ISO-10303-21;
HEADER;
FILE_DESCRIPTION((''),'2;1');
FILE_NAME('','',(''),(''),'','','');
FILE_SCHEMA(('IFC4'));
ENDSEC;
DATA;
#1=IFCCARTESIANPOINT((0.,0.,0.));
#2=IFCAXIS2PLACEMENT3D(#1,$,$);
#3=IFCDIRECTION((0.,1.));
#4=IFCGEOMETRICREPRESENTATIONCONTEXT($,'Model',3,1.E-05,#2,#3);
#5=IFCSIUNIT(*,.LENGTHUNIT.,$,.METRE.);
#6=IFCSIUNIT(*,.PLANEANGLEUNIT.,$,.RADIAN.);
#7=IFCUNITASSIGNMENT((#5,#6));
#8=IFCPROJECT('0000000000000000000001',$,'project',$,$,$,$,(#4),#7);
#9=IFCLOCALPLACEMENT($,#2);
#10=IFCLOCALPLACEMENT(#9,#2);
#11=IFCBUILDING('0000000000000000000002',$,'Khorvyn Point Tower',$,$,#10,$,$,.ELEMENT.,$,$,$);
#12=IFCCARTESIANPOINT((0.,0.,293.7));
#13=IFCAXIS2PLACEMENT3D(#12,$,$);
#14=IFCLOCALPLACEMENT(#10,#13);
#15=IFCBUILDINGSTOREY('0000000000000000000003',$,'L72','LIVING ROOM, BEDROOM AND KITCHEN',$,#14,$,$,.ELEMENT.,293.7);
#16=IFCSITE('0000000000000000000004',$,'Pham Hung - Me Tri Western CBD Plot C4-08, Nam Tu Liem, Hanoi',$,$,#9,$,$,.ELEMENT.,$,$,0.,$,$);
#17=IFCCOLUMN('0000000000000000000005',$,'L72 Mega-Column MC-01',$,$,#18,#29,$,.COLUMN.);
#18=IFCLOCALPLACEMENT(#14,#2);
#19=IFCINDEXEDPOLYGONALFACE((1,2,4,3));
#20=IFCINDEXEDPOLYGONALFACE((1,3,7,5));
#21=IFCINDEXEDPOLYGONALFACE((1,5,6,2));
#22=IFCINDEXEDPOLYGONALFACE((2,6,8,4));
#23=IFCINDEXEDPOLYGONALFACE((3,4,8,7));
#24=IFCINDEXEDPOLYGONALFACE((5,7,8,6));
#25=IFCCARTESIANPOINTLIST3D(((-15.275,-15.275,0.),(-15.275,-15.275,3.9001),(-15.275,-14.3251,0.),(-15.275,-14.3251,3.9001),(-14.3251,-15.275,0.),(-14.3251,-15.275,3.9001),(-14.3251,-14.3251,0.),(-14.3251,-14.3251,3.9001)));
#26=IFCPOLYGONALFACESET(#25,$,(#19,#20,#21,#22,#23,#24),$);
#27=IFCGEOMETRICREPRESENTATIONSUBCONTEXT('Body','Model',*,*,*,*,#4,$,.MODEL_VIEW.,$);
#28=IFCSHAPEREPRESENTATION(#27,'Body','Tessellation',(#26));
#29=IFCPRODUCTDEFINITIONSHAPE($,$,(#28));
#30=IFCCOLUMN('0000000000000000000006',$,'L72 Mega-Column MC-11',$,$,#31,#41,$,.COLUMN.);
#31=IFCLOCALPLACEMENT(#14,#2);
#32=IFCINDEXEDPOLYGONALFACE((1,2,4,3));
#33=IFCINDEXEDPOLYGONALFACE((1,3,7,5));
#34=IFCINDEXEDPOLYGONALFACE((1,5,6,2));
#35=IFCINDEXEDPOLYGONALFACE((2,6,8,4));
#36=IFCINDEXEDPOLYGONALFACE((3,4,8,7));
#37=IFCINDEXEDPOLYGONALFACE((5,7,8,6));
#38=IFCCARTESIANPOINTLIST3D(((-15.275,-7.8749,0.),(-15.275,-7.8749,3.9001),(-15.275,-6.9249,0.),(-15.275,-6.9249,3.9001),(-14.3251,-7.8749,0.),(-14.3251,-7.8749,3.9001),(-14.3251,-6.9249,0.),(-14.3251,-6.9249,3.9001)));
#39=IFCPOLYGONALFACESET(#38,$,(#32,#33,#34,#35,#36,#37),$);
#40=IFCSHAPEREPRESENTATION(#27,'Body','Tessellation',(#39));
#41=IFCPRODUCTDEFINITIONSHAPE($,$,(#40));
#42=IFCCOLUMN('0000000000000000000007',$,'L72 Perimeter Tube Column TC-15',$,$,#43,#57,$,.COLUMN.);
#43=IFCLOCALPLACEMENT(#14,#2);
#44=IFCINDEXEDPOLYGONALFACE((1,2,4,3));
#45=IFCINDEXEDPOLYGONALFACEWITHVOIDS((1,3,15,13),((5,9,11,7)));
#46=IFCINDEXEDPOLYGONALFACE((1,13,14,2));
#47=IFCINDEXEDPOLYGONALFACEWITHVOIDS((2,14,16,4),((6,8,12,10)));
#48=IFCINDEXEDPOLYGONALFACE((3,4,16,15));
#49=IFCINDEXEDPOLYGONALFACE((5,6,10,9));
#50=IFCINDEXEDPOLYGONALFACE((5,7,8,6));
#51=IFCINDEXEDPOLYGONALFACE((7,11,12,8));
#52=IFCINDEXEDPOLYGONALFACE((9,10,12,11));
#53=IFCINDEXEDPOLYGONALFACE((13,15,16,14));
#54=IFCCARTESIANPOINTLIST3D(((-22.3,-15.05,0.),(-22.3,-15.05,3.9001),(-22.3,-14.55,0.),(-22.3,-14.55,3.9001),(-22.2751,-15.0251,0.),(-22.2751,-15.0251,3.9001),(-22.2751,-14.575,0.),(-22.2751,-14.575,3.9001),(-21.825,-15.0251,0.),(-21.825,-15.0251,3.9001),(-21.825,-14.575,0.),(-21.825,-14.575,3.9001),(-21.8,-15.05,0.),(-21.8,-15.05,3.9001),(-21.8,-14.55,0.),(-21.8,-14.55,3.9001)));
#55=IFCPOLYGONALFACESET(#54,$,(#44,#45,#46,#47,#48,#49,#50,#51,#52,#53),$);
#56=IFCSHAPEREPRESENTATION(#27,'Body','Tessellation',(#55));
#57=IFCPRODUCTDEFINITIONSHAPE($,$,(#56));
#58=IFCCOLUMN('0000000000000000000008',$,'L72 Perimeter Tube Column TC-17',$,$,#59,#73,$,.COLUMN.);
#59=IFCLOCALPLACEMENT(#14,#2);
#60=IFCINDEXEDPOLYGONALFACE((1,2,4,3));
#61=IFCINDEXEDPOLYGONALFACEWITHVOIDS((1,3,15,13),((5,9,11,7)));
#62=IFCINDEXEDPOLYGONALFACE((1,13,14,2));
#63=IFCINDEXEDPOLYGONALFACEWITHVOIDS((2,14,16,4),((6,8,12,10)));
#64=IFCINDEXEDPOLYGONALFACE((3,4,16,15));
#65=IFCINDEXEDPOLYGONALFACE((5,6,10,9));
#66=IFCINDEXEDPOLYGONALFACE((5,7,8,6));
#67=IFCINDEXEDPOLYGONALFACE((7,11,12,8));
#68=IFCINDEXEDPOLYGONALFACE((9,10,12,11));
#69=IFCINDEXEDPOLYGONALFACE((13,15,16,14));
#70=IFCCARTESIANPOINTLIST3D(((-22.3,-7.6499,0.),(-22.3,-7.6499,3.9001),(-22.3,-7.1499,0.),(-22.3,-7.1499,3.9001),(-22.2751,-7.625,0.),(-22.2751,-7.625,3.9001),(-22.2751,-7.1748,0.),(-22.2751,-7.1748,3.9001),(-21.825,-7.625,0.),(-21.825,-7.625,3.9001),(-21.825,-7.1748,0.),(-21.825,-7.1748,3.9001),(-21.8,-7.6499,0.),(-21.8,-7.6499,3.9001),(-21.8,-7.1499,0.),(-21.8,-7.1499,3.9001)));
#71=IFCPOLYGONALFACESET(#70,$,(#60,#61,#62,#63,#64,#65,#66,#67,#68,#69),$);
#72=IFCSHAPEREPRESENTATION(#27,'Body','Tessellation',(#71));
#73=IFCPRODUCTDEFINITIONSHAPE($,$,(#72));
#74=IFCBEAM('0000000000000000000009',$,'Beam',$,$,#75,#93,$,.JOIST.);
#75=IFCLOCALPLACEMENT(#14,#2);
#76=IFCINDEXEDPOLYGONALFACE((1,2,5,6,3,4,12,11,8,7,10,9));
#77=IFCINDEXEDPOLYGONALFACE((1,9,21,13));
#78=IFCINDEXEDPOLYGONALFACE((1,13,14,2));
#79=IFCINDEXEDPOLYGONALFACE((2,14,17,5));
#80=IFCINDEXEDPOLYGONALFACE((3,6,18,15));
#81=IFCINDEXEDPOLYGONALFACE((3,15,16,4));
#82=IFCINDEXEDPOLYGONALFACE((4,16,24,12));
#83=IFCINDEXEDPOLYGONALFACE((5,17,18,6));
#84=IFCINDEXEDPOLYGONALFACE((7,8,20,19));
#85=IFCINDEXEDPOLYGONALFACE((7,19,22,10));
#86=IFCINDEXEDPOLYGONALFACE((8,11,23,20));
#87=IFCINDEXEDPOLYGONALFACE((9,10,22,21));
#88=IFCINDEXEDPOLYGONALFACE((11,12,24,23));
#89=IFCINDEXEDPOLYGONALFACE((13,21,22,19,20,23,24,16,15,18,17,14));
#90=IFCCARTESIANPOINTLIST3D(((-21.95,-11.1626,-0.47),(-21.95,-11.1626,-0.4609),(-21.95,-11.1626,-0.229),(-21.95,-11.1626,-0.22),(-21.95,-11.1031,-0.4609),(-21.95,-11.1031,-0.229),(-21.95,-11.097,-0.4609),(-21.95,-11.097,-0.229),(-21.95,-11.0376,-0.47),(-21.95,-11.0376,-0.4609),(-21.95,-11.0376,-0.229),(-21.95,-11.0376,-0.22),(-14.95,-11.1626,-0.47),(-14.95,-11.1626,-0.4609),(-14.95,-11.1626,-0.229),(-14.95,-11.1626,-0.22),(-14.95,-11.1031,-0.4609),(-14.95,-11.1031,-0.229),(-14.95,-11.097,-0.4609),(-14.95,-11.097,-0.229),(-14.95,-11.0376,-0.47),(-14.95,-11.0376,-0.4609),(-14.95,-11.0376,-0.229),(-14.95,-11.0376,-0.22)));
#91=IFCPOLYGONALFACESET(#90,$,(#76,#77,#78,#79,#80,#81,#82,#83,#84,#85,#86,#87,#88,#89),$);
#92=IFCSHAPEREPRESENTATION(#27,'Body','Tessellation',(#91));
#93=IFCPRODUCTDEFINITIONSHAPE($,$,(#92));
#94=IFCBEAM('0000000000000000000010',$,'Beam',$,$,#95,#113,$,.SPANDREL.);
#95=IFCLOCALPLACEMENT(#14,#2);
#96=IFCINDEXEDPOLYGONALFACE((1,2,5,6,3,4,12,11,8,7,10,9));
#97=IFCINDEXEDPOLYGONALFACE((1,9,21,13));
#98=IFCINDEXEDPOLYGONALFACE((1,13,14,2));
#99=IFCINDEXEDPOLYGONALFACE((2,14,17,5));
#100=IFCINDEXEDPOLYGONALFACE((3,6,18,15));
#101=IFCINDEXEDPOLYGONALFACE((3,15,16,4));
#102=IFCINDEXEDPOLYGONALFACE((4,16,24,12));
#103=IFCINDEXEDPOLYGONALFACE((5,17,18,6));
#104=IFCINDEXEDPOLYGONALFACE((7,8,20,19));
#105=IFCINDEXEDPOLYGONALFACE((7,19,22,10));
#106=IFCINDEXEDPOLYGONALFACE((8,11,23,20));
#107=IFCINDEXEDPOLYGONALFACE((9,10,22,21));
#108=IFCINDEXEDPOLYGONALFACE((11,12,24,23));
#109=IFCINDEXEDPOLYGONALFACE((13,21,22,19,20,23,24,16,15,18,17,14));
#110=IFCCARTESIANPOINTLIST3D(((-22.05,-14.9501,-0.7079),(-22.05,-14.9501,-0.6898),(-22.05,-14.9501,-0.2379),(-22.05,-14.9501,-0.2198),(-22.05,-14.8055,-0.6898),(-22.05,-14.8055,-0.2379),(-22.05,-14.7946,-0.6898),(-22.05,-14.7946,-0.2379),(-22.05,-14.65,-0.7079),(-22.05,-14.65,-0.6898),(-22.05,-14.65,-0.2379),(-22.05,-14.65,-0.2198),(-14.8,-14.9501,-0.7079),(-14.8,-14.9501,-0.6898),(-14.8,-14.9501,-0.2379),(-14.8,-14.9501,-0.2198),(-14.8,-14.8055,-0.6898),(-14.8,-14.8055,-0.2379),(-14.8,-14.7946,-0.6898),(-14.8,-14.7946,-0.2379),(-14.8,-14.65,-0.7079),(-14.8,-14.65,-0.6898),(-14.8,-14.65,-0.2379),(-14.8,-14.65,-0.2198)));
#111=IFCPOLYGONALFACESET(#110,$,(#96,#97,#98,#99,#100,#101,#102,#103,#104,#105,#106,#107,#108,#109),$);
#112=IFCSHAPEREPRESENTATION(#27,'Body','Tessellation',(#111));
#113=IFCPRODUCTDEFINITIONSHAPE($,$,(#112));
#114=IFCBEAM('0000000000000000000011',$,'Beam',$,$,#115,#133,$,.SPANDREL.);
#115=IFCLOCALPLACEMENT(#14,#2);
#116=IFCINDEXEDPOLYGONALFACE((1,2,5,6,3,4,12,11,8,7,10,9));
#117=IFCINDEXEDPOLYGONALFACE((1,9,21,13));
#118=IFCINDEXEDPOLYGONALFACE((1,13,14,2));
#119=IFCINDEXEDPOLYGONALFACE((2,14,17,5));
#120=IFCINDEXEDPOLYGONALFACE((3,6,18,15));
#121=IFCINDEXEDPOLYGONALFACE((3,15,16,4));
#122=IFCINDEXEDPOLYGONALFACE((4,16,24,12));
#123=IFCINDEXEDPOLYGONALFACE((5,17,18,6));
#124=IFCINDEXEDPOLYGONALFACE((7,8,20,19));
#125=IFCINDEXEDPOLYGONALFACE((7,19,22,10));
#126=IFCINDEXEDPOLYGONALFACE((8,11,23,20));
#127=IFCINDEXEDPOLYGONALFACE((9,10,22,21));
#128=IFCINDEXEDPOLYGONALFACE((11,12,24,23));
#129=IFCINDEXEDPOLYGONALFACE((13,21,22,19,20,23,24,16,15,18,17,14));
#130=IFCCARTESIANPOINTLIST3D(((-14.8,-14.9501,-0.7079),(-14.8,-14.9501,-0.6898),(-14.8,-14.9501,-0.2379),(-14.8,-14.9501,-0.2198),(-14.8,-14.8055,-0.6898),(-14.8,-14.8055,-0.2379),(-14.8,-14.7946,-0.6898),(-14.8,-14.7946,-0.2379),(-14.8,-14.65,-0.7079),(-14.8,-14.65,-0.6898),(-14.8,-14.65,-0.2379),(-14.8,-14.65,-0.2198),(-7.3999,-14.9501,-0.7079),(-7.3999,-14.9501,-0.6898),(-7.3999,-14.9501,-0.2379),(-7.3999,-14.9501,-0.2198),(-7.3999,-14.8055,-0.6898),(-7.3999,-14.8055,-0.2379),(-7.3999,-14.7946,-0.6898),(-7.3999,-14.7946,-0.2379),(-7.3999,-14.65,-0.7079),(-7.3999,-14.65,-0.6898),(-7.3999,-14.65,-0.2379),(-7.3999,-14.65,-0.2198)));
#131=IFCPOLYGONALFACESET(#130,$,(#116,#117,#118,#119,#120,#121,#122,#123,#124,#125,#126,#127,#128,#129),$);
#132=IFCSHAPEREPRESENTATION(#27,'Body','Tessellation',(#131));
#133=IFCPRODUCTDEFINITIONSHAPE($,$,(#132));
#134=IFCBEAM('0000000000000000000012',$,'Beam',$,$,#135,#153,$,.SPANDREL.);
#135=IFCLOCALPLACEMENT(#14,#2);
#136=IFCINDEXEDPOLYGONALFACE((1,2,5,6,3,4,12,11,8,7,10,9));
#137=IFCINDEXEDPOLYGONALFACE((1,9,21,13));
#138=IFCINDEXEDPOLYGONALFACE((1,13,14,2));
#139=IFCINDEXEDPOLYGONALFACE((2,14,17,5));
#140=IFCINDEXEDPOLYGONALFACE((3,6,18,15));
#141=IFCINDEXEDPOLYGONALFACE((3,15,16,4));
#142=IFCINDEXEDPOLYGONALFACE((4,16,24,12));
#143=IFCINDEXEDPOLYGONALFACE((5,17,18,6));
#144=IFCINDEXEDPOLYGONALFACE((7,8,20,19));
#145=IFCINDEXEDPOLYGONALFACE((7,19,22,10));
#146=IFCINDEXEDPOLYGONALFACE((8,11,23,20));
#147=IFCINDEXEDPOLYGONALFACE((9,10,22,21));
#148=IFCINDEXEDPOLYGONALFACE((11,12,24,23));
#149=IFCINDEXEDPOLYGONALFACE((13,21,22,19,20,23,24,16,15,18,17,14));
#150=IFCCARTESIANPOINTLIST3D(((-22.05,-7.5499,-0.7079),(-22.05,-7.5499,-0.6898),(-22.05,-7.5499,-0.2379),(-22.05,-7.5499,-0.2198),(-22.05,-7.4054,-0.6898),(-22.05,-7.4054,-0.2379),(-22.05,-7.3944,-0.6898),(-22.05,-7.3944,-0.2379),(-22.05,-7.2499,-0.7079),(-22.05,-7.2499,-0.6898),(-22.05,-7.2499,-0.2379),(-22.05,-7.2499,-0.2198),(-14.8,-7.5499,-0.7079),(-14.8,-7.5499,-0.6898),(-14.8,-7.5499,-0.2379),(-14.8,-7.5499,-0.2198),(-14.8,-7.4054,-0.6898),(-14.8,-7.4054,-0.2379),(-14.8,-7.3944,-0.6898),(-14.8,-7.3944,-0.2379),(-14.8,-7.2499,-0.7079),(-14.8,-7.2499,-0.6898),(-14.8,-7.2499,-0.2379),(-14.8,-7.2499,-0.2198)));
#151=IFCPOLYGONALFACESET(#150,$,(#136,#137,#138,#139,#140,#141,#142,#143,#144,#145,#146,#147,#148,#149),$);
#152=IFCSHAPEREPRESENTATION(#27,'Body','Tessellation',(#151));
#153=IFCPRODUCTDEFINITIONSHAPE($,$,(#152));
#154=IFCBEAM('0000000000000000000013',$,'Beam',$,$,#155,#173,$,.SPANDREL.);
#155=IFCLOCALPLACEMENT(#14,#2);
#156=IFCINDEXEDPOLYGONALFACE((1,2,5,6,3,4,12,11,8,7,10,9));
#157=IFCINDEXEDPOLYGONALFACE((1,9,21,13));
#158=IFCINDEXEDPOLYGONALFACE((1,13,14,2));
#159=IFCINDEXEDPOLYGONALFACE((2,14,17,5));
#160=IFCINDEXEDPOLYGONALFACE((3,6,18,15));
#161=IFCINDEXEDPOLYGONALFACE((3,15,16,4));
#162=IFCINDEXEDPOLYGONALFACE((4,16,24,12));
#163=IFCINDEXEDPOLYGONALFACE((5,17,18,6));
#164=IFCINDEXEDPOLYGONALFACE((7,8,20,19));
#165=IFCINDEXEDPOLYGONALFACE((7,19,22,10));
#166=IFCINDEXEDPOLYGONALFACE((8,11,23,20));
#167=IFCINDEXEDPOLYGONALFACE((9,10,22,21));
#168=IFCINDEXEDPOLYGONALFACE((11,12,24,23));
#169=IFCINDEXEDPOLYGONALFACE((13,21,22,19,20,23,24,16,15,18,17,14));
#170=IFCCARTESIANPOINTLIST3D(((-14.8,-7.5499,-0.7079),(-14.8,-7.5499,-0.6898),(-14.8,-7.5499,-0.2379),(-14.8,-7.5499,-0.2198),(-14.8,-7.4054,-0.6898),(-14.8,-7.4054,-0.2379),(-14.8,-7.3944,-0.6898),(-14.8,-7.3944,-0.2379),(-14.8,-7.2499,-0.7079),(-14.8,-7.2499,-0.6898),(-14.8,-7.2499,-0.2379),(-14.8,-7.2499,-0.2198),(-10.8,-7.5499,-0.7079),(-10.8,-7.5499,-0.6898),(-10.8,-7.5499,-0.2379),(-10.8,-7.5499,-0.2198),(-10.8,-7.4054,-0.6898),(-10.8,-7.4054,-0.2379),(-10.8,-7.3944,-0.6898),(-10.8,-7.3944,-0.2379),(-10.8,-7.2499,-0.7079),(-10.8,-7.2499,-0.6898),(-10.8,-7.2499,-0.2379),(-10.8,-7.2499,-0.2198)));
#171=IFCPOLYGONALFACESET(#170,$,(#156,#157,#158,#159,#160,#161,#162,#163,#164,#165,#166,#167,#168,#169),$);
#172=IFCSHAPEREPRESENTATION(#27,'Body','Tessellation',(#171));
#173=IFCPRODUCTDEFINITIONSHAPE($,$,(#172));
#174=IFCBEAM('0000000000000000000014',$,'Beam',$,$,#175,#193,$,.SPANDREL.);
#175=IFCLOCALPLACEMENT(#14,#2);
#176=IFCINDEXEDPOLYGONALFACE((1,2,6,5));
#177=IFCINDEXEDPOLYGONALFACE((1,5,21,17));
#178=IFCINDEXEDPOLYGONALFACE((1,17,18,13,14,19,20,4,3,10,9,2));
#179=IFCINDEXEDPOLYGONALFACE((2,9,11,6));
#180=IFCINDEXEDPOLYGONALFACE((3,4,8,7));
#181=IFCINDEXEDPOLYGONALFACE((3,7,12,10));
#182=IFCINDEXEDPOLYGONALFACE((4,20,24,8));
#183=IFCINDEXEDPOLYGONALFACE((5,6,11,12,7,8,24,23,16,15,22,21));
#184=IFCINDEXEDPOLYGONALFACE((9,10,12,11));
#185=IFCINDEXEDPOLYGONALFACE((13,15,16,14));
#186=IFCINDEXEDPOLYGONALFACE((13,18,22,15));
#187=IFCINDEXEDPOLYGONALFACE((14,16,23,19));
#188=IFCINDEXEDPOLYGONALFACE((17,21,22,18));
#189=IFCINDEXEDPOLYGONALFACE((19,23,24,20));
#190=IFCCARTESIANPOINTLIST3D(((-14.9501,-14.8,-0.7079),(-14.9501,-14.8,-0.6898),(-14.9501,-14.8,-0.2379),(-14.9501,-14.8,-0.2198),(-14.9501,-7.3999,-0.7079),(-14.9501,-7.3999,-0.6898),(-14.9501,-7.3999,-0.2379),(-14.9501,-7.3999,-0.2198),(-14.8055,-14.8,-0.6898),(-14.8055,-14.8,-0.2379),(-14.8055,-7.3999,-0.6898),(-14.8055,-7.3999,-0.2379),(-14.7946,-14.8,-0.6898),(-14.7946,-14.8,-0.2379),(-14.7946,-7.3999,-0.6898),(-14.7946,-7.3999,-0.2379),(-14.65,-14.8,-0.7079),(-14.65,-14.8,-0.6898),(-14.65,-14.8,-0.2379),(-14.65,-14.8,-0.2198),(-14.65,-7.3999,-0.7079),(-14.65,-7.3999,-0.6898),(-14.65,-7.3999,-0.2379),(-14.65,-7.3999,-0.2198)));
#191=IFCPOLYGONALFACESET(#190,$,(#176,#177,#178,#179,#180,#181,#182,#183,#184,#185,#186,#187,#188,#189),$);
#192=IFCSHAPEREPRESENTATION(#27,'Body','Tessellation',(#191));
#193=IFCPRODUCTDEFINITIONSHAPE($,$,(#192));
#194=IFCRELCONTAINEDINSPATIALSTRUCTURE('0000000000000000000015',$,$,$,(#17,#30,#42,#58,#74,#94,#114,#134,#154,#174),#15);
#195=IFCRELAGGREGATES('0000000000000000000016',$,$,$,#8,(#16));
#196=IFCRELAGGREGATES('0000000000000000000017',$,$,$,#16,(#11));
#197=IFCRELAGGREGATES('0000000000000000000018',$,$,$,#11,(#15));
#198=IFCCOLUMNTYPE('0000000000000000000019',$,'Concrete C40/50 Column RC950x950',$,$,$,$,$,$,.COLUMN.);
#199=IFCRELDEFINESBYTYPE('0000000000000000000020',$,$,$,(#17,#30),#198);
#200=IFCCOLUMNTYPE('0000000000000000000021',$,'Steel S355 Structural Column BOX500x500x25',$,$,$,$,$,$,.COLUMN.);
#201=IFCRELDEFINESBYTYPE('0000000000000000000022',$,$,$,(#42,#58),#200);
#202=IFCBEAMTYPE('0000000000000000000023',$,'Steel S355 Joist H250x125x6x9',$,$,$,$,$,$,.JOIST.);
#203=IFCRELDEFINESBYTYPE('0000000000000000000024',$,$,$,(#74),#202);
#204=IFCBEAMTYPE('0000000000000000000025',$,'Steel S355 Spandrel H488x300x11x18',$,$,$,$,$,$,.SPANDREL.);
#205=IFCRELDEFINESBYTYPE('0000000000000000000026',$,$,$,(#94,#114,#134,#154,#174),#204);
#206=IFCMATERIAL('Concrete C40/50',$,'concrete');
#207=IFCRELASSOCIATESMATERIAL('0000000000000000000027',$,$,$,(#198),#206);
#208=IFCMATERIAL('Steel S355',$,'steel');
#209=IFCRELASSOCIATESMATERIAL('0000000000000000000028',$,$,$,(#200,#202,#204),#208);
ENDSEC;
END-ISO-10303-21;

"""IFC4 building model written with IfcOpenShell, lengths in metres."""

from ifc_helpers import new_model, si_unit, direction, frame, origin, origin_2d, place, context, subcontext, project, spatial, rectangle, hollow_rectangle, i_section, extrude, material, material_profile, profile_set, type_object, element, save


model = new_model("IFC4")

# Units and contexts
model_context = context("Model", 3, precision=1e-05, world=origin(), true_north=direction((0.0, 1.0)))
body_context = subcontext(model_context, "Body", "Model", "MODEL_VIEW")
ifc_project = project(units=[si_unit("LENGTHUNIT", "METRE"), si_unit("PLANEANGLEUNIT", "RADIAN")], contexts=[model_context])

# Site, building, storey
site_placement = place(None, origin())
site = spatial("IfcSite", under=ifc_project, at=site_placement, Name="Pham Hung - Me Tri Western CBD Plot C4-08, Nam Tu Liem, Hanoi", CompositionType="ELEMENT", RefElevation=0.0)
building_placement = place(site_placement, origin())
building = spatial("IfcBuilding", under=site, at=building_placement, Name="Khorvyn Point Tower", CompositionType="ELEMENT")
storey_placement = place(building_placement, frame((0.0, 0.0, 293.7)))
storey = spatial("IfcBuildingStorey", under=building, at=storey_placement, Name="L72", Description="LIVING ROOM, BEDROOM AND KITCHEN", CompositionType="ELEMENT", Elevation=293.7)

# Columns
ifc_material_1 = material(Name="Concrete C40/50", Category="concrete")
ifc_material_profile_1 = material_profile(ifc_material_1, rectangle(XDim=0.95, YDim=0.95, at=origin_2d()))
ifc_profile_set_1 = profile_set([ifc_material_profile_1], Name="Concrete C40/50 RC950x950")
column_type_1 = type_object("IfcColumnType", Name="Concrete C40/50 Column RC950x950", PredefinedType="COLUMN", material=ifc_profile_set_1)
for number, where, z_axis, x_axis, name in (
    (1, (-14.8, -14.8, 0.0), (0.0, 0.0, 1.0), (1.0, 0.0, 0.0), "L72 Mega-Column MC-01"),
    (2, (-14.8, -7.3999, 0.0), (0.0, 0.0, 1.0), (1.0, 0.0, 0.0), "L72 Mega-Column MC-11"),
):
    element("IfcColumn", number, at=place(storey_placement, frame(where, z_axis=z_axis, x_axis=x_axis)), inside=storey, type_object=column_type_1, Name=name, PredefinedType="COLUMN", context=body_context, shape_type="SweptSolid", body=[
        extrude(rectangle(XDim=0.95, YDim=0.95, at=origin_2d()), origin(), (0.0, 0.0, 1.0), 3.9001),
    ])
ifc_material_2 = material(Name="Steel S355", Category="steel")
ifc_material_profile_2 = material_profile(ifc_material_2, hollow_rectangle(XDim=0.5, YDim=0.5, WallThickness=0.0249, at=origin_2d()))
ifc_profile_set_2 = profile_set([ifc_material_profile_2], Name="Steel S355 BOX500x500x25")
column_type_2 = type_object("IfcColumnType", Name="Steel S355 Structural Column BOX500x500x25", PredefinedType="COLUMN", material=ifc_profile_set_2)
for number, where, z_axis, x_axis, name in (
    (3, (-22.05, -14.8, 0.0), (0.0, 0.0, 1.0), (1.0, 0.0, 0.0), "L72 Perimeter Tube Column TC-15"),
    (4, (-22.05, -7.3999, 0.0), (0.0, 0.0, 1.0), (1.0, 0.0, 0.0), "L72 Perimeter Tube Column TC-17"),
):
    element("IfcColumn", number, at=place(storey_placement, frame(where, z_axis=z_axis, x_axis=x_axis)), inside=storey, type_object=column_type_2, Name=name, PredefinedType="COLUMN", context=body_context, shape_type="SweptSolid", body=[
        extrude(hollow_rectangle(XDim=0.5, YDim=0.5, WallThickness=0.0249, at=origin_2d()), origin(), (0.0, 0.0, 1.0), 3.9001),
    ])

# Beams
ifc_material_profile_3 = material_profile(ifc_material_2, i_section(OverallWidth=0.125, OverallDepth=0.25, WebThickness=0.0061, FlangeThickness=0.009, at=origin_2d()))
ifc_profile_set_3 = profile_set([ifc_material_profile_3], Name="Steel S355 H250x125x6x9")
beam_type_1 = type_object("IfcBeamType", Name="Steel S355 Joist H250x125x6x9", PredefinedType="JOIST", material=ifc_profile_set_3)
beam_1_placement = place(storey_placement, frame((-21.95, -11.1001, -0.345), z_axis=(1.0, 0.0, 0.0), x_axis=(0.0, 1.0, 0.0)))
element("IfcBeam", 5, at=beam_1_placement, inside=storey, type_object=beam_type_1, Name="Beam", PredefinedType="JOIST", context=body_context, shape_type="SweptSolid", body=[
    extrude(i_section(OverallWidth=0.125, OverallDepth=0.25, WebThickness=0.0061, FlangeThickness=0.009, at=origin_2d()), origin(), (0.0, 0.0, 1.0), 7.0),
])
ifc_material_profile_4 = material_profile(ifc_material_2, i_section(OverallWidth=0.3, OverallDepth=0.488, WebThickness=0.011, FlangeThickness=0.0181, at=origin_2d()))
ifc_profile_set_4 = profile_set([ifc_material_profile_4], Name="Steel S355 H488x300x11x18")
beam_type_2 = type_object("IfcBeamType", Name="Steel S355 Spandrel H488x300x11x18", PredefinedType="SPANDREL", material=ifc_profile_set_4)
beam_2_placement = place(storey_placement, frame((-22.05, -14.8, -0.4639), z_axis=(1.0, 0.0, 0.0), x_axis=(0.0, 1.0, 0.0)))
element("IfcBeam", 6, at=beam_2_placement, inside=storey, type_object=beam_type_2, Name="Beam", PredefinedType="SPANDREL", context=body_context, shape_type="SweptSolid", body=[
    extrude(i_section(OverallWidth=0.3, OverallDepth=0.488, WebThickness=0.011, FlangeThickness=0.0181, at=origin_2d()), origin(), (0.0, 0.0, 1.0), 7.25),
])
beam_3_placement = place(storey_placement, frame((-14.8, -14.8, -0.4639), z_axis=(1.0, 0.0, 0.0), x_axis=(0.0, 1.0, 0.0)))
element("IfcBeam", 7, at=beam_3_placement, inside=storey, type_object=beam_type_2, Name="Beam", PredefinedType="SPANDREL", context=body_context, shape_type="SweptSolid", body=[
    extrude(i_section(OverallWidth=0.3, OverallDepth=0.488, WebThickness=0.011, FlangeThickness=0.0181, at=origin_2d()), origin(), (0.0, 0.0, 1.0), 7.4001),
])
beam_4_placement = place(storey_placement, frame((-22.05, -7.3999, -0.4639), z_axis=(1.0, 0.0, 0.0), x_axis=(0.0, 1.0, 0.0)))
element("IfcBeam", 8, at=beam_4_placement, inside=storey, type_object=beam_type_2, Name="Beam", PredefinedType="SPANDREL", context=body_context, shape_type="SweptSolid", body=[
    extrude(i_section(OverallWidth=0.3, OverallDepth=0.488, WebThickness=0.011, FlangeThickness=0.0181, at=origin_2d()), origin(), (0.0, 0.0, 1.0), 7.25),
])
beam_5_placement = place(storey_placement, frame((-14.8, -7.3999, -0.4639), z_axis=(1.0, 0.0, 0.0), x_axis=(0.0, 1.0, 0.0)))
element("IfcBeam", 9, at=beam_5_placement, inside=storey, type_object=beam_type_2, Name="Beam", PredefinedType="SPANDREL", context=body_context, shape_type="SweptSolid", body=[
    extrude(i_section(OverallWidth=0.3, OverallDepth=0.488, WebThickness=0.011, FlangeThickness=0.0181, at=origin_2d()), origin(), (0.0, 0.0, 1.0), 4.0),
])
beam_6_placement = place(storey_placement, frame((-14.8, -14.8, -0.4639), z_axis=(0.0, 1.0, 0.0), x_axis=(-1.0, 0.0, 0.0)))
element("IfcBeam", 10, at=beam_6_placement, inside=storey, type_object=beam_type_2, Name="Beam", PredefinedType="SPANDREL", context=body_context, shape_type="SweptSolid", body=[
    extrude(i_section(OverallWidth=0.3, OverallDepth=0.488, WebThickness=0.011, FlangeThickness=0.0181, at=origin_2d()), origin(), (0.0, 0.0, 1.0), 7.4001),
])

save(model, "model.ifc")
